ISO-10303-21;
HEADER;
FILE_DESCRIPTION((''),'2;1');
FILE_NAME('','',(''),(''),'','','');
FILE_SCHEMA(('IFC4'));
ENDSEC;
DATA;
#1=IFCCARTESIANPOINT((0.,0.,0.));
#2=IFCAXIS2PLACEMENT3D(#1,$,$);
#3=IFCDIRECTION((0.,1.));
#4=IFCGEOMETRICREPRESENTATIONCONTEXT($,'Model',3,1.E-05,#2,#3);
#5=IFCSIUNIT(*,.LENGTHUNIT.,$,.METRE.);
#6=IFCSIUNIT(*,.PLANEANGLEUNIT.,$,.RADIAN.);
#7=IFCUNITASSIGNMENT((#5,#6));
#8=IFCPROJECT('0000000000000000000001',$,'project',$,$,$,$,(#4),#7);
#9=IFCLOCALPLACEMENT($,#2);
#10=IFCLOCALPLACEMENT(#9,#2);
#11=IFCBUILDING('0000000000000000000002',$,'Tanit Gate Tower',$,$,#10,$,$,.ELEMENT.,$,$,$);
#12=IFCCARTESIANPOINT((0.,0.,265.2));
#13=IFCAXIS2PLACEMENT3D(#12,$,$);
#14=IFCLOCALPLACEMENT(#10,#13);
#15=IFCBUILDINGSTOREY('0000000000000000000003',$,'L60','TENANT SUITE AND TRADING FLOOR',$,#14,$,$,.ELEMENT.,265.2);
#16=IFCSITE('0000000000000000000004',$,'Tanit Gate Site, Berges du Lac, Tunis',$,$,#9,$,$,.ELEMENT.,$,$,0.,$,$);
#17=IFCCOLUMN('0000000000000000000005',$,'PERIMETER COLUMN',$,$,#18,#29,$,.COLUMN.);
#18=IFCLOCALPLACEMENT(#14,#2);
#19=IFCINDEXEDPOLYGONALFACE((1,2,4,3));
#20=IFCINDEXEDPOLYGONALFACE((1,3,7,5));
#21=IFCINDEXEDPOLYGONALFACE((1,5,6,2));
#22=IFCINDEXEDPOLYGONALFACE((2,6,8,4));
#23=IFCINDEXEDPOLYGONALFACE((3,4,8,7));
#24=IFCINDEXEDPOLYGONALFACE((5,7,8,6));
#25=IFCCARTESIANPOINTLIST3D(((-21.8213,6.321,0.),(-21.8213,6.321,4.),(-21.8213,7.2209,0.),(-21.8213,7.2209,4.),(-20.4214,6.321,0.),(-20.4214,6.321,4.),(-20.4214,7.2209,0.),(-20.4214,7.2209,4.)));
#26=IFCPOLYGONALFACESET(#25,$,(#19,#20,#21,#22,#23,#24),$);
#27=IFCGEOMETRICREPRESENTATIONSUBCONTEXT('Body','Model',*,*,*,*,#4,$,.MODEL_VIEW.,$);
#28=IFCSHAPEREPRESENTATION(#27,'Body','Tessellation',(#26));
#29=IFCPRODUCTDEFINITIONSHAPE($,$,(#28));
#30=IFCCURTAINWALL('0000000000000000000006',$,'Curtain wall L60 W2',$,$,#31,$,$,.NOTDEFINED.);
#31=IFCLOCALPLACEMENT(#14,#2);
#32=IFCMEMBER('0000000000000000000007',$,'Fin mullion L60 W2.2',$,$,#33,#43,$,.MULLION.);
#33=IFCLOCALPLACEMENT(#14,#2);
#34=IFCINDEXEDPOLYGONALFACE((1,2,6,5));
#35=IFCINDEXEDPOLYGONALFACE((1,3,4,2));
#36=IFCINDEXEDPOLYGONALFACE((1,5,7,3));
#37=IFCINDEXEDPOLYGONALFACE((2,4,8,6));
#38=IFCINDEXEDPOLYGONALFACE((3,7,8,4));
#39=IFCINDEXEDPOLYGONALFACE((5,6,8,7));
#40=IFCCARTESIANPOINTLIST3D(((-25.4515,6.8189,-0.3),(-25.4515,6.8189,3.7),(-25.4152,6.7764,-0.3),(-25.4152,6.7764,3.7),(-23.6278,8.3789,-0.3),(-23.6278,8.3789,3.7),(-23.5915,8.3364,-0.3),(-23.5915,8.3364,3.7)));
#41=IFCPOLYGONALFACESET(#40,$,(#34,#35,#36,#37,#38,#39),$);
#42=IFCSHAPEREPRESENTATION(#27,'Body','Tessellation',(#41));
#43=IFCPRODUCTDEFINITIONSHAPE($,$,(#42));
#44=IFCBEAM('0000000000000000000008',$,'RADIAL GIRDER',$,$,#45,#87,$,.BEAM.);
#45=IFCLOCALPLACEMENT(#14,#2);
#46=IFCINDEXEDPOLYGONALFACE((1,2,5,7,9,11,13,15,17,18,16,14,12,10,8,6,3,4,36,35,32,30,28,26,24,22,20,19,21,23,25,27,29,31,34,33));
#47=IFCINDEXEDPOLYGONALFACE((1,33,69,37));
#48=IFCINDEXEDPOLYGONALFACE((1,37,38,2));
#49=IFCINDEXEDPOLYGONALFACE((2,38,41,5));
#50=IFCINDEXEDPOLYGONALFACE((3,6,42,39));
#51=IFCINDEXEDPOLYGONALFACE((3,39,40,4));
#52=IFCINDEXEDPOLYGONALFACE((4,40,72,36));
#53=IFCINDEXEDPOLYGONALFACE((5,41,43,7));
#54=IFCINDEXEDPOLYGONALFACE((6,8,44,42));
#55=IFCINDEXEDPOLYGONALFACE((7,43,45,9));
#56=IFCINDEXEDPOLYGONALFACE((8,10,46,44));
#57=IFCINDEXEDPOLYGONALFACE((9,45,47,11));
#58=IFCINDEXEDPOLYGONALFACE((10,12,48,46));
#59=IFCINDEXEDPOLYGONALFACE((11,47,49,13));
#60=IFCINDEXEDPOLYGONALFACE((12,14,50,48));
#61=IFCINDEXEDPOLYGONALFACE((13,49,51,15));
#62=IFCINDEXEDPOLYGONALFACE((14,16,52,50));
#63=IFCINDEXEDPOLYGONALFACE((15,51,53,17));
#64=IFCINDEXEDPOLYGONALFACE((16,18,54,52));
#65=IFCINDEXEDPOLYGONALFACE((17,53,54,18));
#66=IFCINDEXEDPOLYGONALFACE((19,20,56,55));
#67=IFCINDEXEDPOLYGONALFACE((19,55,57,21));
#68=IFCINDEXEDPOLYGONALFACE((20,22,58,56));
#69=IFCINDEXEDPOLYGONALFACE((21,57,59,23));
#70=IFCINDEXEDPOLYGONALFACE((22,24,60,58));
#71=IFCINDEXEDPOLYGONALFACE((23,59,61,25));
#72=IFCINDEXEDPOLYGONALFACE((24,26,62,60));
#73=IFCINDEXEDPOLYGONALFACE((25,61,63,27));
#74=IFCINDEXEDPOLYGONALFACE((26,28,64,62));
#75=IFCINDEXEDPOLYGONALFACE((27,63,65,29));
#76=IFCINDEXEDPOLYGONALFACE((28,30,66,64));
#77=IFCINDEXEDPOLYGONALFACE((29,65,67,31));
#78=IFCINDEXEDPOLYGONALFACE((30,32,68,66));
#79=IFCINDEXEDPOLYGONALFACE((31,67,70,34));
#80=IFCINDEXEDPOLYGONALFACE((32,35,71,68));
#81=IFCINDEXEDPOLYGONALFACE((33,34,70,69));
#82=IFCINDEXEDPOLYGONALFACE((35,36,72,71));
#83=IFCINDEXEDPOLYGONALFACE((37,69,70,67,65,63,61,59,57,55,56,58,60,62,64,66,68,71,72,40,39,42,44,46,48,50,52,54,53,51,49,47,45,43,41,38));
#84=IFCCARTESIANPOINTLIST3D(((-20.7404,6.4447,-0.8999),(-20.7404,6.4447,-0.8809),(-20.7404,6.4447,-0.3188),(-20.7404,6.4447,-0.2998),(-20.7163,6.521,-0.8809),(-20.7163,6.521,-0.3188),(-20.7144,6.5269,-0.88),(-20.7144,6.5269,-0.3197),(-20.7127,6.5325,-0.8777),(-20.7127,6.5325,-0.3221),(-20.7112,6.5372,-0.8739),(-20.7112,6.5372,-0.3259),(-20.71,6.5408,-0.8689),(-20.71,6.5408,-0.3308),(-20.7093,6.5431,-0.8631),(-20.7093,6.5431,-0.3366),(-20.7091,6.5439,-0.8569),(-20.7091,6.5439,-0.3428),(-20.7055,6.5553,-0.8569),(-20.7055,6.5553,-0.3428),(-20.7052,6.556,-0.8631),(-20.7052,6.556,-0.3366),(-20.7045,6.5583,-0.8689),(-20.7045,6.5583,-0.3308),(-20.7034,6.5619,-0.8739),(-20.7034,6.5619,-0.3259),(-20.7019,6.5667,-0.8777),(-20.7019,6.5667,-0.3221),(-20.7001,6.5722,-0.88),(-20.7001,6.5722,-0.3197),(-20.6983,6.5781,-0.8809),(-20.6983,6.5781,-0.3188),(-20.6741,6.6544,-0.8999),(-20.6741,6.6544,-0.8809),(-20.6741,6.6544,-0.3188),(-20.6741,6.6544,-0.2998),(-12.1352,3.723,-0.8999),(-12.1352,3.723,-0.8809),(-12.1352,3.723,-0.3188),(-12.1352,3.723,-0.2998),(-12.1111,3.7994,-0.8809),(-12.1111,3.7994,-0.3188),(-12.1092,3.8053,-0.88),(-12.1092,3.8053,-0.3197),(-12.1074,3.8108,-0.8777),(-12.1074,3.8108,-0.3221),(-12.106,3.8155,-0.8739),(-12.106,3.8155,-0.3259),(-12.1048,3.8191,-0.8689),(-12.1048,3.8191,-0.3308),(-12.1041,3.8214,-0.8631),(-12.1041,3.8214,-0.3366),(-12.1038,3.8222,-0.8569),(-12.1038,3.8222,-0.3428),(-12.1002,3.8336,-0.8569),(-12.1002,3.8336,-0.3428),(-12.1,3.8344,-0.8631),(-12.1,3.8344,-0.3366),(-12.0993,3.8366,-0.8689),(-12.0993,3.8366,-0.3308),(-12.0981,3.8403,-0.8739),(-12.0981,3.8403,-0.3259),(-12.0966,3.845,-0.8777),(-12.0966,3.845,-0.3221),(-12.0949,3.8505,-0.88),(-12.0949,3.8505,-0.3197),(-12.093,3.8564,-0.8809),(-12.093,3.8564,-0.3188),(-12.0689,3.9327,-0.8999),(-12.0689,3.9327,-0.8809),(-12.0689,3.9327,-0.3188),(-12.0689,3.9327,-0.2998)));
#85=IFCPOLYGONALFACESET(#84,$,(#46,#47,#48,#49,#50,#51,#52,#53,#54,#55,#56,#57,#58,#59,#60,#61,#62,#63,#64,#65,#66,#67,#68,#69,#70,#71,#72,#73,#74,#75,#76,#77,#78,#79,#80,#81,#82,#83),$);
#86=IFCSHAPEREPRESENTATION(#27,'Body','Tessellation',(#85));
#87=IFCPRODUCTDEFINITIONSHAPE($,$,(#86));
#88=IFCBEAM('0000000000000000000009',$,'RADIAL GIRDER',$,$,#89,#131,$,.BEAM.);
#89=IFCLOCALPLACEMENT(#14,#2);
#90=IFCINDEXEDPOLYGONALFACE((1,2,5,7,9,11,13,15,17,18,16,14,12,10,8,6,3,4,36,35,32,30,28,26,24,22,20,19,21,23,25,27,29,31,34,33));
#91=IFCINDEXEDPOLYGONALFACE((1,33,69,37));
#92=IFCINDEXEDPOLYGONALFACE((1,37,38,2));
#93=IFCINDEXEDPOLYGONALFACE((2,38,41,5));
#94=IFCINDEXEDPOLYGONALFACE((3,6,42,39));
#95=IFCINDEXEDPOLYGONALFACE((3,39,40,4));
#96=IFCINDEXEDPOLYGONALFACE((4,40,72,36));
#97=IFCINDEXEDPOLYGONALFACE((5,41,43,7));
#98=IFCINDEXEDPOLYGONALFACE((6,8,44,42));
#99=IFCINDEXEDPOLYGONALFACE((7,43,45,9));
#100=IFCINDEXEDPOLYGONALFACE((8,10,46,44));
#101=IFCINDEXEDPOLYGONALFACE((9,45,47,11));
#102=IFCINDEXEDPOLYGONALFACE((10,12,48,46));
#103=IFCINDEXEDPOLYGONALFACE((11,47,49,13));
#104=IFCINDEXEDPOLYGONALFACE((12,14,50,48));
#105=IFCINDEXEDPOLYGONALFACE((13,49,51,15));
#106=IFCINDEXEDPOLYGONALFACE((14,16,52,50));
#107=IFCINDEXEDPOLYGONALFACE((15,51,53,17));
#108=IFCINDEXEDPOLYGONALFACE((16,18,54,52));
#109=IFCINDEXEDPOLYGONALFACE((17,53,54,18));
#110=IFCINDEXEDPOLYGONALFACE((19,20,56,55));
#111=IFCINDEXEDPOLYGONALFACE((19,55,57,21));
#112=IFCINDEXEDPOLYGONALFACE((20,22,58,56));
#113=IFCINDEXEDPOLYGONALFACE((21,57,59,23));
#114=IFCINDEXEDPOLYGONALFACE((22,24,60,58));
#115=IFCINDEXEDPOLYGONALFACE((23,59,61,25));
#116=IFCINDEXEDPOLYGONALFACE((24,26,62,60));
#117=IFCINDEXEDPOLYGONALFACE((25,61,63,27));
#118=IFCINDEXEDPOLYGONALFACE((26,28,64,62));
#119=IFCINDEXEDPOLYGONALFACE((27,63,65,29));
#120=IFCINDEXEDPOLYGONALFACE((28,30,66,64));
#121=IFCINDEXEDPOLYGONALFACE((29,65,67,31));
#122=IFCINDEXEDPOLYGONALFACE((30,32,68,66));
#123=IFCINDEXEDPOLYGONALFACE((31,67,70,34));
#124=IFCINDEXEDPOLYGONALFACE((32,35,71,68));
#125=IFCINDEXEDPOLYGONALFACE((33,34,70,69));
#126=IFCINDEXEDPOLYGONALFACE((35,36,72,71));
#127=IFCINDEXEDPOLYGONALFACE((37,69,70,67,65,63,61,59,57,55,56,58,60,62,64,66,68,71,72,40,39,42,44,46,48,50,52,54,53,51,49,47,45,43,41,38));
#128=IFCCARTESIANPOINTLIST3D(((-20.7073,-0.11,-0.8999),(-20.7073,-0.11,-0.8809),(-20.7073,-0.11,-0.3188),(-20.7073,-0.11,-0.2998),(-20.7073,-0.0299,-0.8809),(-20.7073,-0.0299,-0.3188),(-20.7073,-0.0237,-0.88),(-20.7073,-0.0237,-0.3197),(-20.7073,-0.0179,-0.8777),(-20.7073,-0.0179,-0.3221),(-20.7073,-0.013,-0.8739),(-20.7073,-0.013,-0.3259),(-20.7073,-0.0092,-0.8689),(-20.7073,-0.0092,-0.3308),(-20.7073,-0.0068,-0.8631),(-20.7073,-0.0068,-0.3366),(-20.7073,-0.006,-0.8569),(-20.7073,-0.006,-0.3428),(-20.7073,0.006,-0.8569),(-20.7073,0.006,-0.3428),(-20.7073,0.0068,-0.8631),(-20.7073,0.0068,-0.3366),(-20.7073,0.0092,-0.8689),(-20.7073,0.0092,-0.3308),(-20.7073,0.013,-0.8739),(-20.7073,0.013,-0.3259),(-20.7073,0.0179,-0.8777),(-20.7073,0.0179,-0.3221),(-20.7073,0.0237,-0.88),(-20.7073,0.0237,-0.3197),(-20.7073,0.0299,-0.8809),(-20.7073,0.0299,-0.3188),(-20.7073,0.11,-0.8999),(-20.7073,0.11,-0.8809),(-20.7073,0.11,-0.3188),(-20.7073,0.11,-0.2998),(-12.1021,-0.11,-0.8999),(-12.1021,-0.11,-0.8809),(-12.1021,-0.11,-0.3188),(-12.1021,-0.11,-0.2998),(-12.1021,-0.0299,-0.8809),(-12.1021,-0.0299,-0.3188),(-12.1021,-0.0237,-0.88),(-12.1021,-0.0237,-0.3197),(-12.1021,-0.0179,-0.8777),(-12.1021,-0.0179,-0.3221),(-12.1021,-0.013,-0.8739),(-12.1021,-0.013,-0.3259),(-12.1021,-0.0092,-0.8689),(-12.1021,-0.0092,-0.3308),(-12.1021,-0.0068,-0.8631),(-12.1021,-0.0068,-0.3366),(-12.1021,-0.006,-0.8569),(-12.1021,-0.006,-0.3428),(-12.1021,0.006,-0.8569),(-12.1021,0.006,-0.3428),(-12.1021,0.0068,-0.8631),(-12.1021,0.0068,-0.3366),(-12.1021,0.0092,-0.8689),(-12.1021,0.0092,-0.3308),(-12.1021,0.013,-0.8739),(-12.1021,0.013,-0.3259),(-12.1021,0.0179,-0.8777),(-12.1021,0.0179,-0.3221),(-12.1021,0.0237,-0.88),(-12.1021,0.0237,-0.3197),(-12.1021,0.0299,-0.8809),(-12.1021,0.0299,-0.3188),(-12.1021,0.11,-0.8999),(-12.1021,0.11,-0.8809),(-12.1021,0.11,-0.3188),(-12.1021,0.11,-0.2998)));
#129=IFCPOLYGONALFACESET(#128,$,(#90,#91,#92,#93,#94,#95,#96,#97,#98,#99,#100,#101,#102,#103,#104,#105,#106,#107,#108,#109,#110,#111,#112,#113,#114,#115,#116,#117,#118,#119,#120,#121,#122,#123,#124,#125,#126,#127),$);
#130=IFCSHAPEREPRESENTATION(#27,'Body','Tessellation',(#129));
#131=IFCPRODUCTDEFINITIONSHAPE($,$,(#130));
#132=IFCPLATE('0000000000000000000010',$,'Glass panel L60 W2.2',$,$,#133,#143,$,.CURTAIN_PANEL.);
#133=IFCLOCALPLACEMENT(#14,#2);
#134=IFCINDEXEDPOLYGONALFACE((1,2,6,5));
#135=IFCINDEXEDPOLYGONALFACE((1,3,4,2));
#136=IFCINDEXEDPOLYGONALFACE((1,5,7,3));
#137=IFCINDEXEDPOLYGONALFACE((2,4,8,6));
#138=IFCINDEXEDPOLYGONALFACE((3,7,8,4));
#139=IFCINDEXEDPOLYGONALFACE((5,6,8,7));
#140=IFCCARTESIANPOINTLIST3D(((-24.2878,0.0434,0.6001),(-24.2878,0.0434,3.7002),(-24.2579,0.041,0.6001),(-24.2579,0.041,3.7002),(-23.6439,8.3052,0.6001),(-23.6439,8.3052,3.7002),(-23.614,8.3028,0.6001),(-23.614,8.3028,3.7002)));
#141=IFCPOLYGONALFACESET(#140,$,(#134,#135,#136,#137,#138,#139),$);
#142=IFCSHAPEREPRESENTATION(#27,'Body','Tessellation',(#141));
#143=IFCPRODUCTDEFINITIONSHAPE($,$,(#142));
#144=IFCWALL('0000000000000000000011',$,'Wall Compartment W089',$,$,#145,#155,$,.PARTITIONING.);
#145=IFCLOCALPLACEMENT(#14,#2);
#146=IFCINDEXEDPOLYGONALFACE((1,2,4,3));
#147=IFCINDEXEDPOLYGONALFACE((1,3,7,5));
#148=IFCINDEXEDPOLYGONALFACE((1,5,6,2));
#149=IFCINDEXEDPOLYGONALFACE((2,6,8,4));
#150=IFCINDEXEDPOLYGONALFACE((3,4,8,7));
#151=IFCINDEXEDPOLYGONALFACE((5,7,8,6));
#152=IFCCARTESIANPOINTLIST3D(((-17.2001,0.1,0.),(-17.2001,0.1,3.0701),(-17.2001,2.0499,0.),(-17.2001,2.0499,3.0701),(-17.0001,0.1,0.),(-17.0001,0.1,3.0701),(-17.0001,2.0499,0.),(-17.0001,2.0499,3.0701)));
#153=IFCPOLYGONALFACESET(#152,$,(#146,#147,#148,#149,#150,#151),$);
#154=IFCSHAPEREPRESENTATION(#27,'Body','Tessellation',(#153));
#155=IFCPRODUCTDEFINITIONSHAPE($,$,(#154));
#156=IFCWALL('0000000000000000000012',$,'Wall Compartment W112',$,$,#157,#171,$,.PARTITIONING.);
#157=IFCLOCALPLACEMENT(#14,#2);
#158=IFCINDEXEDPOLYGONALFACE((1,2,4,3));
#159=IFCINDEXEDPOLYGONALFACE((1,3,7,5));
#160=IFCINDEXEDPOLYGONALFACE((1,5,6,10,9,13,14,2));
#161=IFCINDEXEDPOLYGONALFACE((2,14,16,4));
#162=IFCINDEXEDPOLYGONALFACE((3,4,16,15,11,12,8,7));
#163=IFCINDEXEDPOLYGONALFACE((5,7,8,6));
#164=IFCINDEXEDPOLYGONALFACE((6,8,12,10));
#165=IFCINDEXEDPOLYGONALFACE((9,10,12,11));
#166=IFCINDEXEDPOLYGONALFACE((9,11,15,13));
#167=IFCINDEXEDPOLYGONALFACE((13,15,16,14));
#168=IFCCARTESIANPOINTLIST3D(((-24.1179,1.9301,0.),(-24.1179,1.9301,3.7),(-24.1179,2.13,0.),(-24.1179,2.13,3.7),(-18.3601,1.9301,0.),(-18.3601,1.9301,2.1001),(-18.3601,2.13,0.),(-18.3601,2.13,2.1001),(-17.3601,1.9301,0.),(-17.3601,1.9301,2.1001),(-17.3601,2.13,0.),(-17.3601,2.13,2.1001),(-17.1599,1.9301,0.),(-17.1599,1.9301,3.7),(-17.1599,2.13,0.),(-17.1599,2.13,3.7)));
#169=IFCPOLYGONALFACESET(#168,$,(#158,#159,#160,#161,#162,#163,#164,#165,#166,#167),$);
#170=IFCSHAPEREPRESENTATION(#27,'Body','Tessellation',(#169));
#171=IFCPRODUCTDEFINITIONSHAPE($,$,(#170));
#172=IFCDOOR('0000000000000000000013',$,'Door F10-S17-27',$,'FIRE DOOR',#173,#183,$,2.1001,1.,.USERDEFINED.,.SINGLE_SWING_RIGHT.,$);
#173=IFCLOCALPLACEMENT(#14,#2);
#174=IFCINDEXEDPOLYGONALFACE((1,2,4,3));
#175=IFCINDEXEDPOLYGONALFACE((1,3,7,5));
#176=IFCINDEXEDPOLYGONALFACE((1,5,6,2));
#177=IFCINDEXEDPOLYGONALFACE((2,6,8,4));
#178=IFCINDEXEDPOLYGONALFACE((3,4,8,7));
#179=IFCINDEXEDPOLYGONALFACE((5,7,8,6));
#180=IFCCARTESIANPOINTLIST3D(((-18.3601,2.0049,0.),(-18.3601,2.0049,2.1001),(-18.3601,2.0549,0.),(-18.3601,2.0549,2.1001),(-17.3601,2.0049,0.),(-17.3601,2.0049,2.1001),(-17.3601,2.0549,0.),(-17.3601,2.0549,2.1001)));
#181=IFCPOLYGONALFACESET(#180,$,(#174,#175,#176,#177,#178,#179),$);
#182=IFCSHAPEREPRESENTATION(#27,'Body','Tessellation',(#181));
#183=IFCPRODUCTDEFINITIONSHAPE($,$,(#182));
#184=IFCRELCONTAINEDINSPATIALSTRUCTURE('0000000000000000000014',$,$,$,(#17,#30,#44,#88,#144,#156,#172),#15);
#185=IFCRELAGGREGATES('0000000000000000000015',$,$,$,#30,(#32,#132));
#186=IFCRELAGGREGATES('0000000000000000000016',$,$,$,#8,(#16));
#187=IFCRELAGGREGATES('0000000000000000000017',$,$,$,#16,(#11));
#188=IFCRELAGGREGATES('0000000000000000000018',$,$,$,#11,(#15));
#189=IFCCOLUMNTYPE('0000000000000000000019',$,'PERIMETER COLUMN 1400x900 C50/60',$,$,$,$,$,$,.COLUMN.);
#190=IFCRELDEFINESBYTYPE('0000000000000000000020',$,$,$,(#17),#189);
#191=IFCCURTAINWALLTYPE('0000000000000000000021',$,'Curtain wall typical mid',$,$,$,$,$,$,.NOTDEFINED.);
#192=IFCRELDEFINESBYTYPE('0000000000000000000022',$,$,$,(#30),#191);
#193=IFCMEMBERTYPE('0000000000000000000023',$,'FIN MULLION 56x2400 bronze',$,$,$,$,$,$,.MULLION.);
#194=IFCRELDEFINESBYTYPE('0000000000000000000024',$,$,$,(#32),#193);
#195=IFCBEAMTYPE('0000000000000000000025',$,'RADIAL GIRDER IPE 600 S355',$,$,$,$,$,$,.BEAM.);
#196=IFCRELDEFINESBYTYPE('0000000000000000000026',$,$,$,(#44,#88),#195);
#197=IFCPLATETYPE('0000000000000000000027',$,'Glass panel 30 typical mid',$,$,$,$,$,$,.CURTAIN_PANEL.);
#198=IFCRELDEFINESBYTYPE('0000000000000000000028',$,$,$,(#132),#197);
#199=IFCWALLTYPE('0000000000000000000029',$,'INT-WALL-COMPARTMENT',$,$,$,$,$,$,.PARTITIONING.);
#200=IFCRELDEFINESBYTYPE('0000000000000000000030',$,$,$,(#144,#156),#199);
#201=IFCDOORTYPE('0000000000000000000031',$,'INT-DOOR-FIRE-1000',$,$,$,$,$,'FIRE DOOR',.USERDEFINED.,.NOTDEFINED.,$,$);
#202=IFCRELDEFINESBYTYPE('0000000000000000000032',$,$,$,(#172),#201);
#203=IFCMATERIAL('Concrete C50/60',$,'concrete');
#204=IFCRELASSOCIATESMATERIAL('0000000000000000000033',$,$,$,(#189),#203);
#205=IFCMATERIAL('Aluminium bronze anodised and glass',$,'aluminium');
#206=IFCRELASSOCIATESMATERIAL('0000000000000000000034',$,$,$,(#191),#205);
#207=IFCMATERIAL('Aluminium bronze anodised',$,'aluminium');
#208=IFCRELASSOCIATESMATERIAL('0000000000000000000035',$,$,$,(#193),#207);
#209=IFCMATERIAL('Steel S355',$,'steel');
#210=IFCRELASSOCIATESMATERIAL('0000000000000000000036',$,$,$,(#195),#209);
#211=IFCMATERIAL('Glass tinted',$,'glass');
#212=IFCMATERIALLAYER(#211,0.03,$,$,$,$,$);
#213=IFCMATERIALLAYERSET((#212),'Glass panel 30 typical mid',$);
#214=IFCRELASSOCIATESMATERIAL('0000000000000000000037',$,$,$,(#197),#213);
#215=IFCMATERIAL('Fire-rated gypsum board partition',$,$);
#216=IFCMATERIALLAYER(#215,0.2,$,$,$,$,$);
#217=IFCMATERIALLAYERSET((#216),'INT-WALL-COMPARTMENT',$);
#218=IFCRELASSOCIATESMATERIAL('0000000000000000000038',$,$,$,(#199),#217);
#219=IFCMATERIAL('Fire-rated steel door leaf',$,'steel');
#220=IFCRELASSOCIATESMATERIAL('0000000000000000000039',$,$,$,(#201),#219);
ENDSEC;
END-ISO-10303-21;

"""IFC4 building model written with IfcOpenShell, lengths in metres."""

from ifc_helpers import new_model, si_unit, direction, frame, frame_2d, origin, origin_2d, place, context, subcontext, project, spatial, rectangle, i_section, extrude, material, layer, layer_set, material_profile, profile_set, type_object, element, fill, aggregate, save


model = new_model("IFC4")

# Units and contexts
model_context = context("Model", 3, precision=1e-05, world=origin(), true_north=direction((0.0, 1.0)))
body_context = subcontext(model_context, "Body", "Model", "MODEL_VIEW")
ifc_project = project(units=[si_unit("LENGTHUNIT", "METRE"), si_unit("PLANEANGLEUNIT", "RADIAN")], contexts=[model_context])

# Site, building, storey
site_placement = place(None, origin())
site = spatial("IfcSite", under=ifc_project, at=site_placement, Name="Tanit Gate Site, Berges du Lac, Tunis", CompositionType="ELEMENT", RefElevation=0.0)
building_placement = place(site_placement, origin())
building = spatial("IfcBuilding", under=site, at=building_placement, Name="Tanit Gate Tower", CompositionType="ELEMENT")
storey_placement = place(building_placement, frame((0.0, 0.0, 265.2)))
storey = spatial("IfcBuildingStorey", under=building, at=storey_placement, Name="L60", Description="TENANT SUITE AND TRADING FLOOR", CompositionType="ELEMENT", Elevation=265.2)

# Column
ifc_material_1 = material(Name="Concrete C50/60", Category="concrete")
ifc_material_profile_1 = material_profile(ifc_material_1, rectangle(XDim=1.3999, YDim=0.8999, at=origin_2d()), Name="RC 1400x900")
ifc_profile_set_1 = profile_set([ifc_material_profile_1], Name="Concrete C50/60")
column_type = type_object("IfcColumnType", Name="PERIMETER COLUMN 1400x900 C50/60", PredefinedType="COLUMN", material=ifc_profile_set_1)
column_placement = place(storey_placement, frame((-21.1213, 6.771, 0.0), z_axis=(0.0, 0.0, 1.0), x_axis=(-1.0, 0.0, 0.0)))
element("IfcColumn", 1, at=column_placement, inside=storey, type_object=column_type, Name="PERIMETER COLUMN", PredefinedType="COLUMN", context=body_context, shape_type="SweptSolid", body=[
    extrude(rectangle(XDim=1.3999, YDim=0.8999, at=origin_2d()), origin(), (0.0, 0.0, 1.0), 4.0),
])

# Curtain wall, member
ifc_material_2 = material(Name="Aluminium bronze anodised and glass", Category="aluminium")
curtain_wall_type = type_object("IfcCurtainWallType", Name="Curtain wall typical mid", PredefinedType="NOTDEFINED", material=ifc_material_2)
curtain_wall_placement = place(storey_placement, origin())
curtain_wall = element("IfcCurtainWall", 2, at=curtain_wall_placement, inside=storey, type_object=curtain_wall_type, Name="Curtain wall L60 W2", PredefinedType="NOTDEFINED")
ifc_material_3 = material(Name="Aluminium bronze anodised", Category="aluminium")
ifc_material_profile_2 = material_profile(ifc_material_3, rectangle(XDim=2.3999, YDim=0.0559, at=origin_2d()), Name="56x2400 bronze fin mullion")
ifc_profile_set_2 = profile_set([ifc_material_profile_2], Name="Aluminium bronze anodised")
member_type = type_object("IfcMemberType", Name="FIN MULLION 56x2400 bronze", PredefinedType="MULLION", material=ifc_profile_set_2)
member_placement = place(storey_placement, frame((-24.5215, 7.5776, -0.3), z_axis=(0.0, 0.0, 1.0), x_axis=(0.759912, 0.650026, 0.0)))
member = element("IfcMember", 3, at=member_placement, type_object=member_type, Name="Fin mullion L60 W2.2", PredefinedType="MULLION", context=body_context, shape_type="SweptSolid", body=[
    extrude(rectangle(XDim=2.3999, YDim=0.0559, at=origin_2d()), origin(), (0.0, 0.0, 1.0), 4.0),
])

# Beams
ifc_material_4 = material(Name="Steel S355", Category="steel")
ifc_material_profile_3 = material_profile(ifc_material_4, i_section(OverallWidth=0.22, OverallDepth=0.6001, WebThickness=0.012, FlangeThickness=0.019, FilletRadius=0.0239, at=origin_2d()), Name="IPE 600")
ifc_profile_set_3 = profile_set([ifc_material_profile_3], Name="Steel S355")
beam_type = type_object("IfcBeamType", Name="RADIAL GIRDER IPE 600 S355", PredefinedType="BEAM", material=ifc_profile_set_3)
beam_1_placement = place(storey_placement, frame((-20.7073, 6.5496, -0.5999), z_axis=(0.953448, -0.301559, 0.0), x_axis=(0.301559, 0.953448, 0.0)))
element("IfcBeam", 4, at=beam_1_placement, inside=storey, type_object=beam_type, Name="RADIAL GIRDER", PredefinedType="BEAM", context=body_context, shape_type="SweptSolid", body=[
    extrude(i_section(OverallWidth=0.22, OverallDepth=0.6001, WebThickness=0.012, FlangeThickness=0.019, FilletRadius=0.0239, at=origin_2d()), origin(), (0.0, 0.0, 1.0), 9.0254),
])
beam_2_placement = place(storey_placement, frame((-20.7073, 0.0, -0.5999), z_axis=(1.0, 0.0, 0.0), x_axis=(0.0, 1.0, 0.0)))
element("IfcBeam", 5, at=beam_2_placement, inside=storey, type_object=beam_type, Name="RADIAL GIRDER", PredefinedType="BEAM", context=body_context, shape_type="SweptSolid", body=[
    extrude(i_section(OverallWidth=0.22, OverallDepth=0.6001, WebThickness=0.012, FlangeThickness=0.019, FilletRadius=0.0239, at=origin_2d()), origin(), (0.0, 0.0, 1.0), 8.6052),
])

# Plate
ifc_material_5 = material(Name="Glass tinted", Category="glass")
ifc_layer_1 = layer(ifc_material_5, 0.03)
ifc_layer_set_1 = layer_set([ifc_layer_1], Name="Glass panel 30 typical mid")
plate_type = type_object("IfcPlateType", Name="Glass panel 30 typical mid", PredefinedType="CURTAIN_PANEL", material=ifc_layer_set_1)
plate_placement = place(storey_placement, frame((-23.9509, 4.1731, 0.6001), z_axis=(0.0, 0.0, 1.0), x_axis=(-0.077701, -0.996977, 0.0)))
plate = element("IfcPlate", 6, at=plate_placement, type_object=plate_type, Name="Glass panel L60 W2.2", PredefinedType="CURTAIN_PANEL", context=body_context, shape_type="SweptSolid", body=[
    extrude(rectangle(XDim=8.2869, YDim=0.03, at=origin_2d()), origin(), (0.0, 0.0, 1.0), 3.1001),
])
aggregate(curtain_wall, [member, plate])

# Wall
ifc_material_6 = material(Name="Fire-rated gypsum board partition")
ifc_layer_2 = layer(ifc_material_6, 0.2)
ifc_layer_set_2 = layer_set([ifc_layer_2], Name="INT-WALL-COMPARTMENT")
wall_type_1 = type_object("IfcWallType", Name="INT-WALL-COMPARTMENT", PredefinedType="PARTITIONING", material=ifc_layer_set_2)
wall_1_placement = place(storey_placement, frame((-17.1001, 2.05, 0.0), z_axis=(0.0, 0.0, 1.0), x_axis=(0.0, -1.0, 0.0)))
element("IfcWall", 7, at=wall_1_placement, inside=storey, type_object=wall_type_1, Name="Wall Compartment W089", PredefinedType="PARTITIONING", context=body_context, shape_type="SweptSolid", body=[
    extrude(rectangle(XDim=1.95, YDim=0.2, at=frame_2d((0.9751, 0.0))), origin(), (0.0, 0.0, 1.0), 3.0701),
])

# Wall, opening, door
wall_2_placement = place(storey_placement, frame((-24.1179, 2.03, 0.0), z_axis=(0.0, 0.0, 1.0), x_axis=(1.0, 0.0, 0.0)))
wall_2 = element("IfcWall", 8, at=wall_2_placement, inside=storey, type_object=wall_type_1, Name="Wall Compartment W112", PredefinedType="PARTITIONING", context=body_context, shape_type="SweptSolid", body=[
    extrude(rectangle(XDim=6.958, YDim=0.2, at=frame_2d((3.479, 0.0))), origin(), (0.0, 0.0, 1.0), 3.7),
])
opening_1_placement = place(wall_2_placement, frame((5.7578, 0.0, 0.0)))
opening_1 = element("IfcOpeningElement", 9, at=opening_1_placement, cuts=wall_2, PredefinedType="OPENING", context=body_context, shape_type="SweptSolid", body=[
    extrude(rectangle(XDim=1.0, YDim=2.1001, at=frame_2d((0.5, 1.05))), frame((0.0, 0.1099, 0.0), z_axis=(0.0, -1.0, 0.0), x_axis=(1.0, 0.0, 0.0)), (0.0, 0.0, 1.0), 0.22),
])
ifc_material_7 = material(Name="Fire-rated steel door leaf", Category="steel")
door_type_1 = type_object("IfcDoorType", Name="INT-DOOR-FIRE-1000", ElementType="FIRE DOOR", OperationType="NOTDEFINED", PredefinedType="USERDEFINED", material=ifc_material_7)
door_1_placement = place(opening_1_placement, origin())
door_1 = element("IfcDoor", 10, at=door_1_placement, inside=storey, type_object=door_type_1, Name="Door F10-S17-27", ObjectType="FIRE DOOR", OperationType="SINGLE_SWING_RIGHT", OverallHeight=2.1001, OverallWidth=1.0, PredefinedType="USERDEFINED", context=body_context, shape_type="SweptSolid", body=[
    extrude(rectangle(XDim=1.0, YDim=2.1001, at=frame_2d((0.5, 1.05))), frame((0.0, 0.0249, 0.0), z_axis=(0.0, -1.0, 0.0), x_axis=(1.0, 0.0, 0.0)), (0.0, 0.0, 1.0), 0.05),
])
fill(opening_1, door_1)

save(model, "model.ifc")
